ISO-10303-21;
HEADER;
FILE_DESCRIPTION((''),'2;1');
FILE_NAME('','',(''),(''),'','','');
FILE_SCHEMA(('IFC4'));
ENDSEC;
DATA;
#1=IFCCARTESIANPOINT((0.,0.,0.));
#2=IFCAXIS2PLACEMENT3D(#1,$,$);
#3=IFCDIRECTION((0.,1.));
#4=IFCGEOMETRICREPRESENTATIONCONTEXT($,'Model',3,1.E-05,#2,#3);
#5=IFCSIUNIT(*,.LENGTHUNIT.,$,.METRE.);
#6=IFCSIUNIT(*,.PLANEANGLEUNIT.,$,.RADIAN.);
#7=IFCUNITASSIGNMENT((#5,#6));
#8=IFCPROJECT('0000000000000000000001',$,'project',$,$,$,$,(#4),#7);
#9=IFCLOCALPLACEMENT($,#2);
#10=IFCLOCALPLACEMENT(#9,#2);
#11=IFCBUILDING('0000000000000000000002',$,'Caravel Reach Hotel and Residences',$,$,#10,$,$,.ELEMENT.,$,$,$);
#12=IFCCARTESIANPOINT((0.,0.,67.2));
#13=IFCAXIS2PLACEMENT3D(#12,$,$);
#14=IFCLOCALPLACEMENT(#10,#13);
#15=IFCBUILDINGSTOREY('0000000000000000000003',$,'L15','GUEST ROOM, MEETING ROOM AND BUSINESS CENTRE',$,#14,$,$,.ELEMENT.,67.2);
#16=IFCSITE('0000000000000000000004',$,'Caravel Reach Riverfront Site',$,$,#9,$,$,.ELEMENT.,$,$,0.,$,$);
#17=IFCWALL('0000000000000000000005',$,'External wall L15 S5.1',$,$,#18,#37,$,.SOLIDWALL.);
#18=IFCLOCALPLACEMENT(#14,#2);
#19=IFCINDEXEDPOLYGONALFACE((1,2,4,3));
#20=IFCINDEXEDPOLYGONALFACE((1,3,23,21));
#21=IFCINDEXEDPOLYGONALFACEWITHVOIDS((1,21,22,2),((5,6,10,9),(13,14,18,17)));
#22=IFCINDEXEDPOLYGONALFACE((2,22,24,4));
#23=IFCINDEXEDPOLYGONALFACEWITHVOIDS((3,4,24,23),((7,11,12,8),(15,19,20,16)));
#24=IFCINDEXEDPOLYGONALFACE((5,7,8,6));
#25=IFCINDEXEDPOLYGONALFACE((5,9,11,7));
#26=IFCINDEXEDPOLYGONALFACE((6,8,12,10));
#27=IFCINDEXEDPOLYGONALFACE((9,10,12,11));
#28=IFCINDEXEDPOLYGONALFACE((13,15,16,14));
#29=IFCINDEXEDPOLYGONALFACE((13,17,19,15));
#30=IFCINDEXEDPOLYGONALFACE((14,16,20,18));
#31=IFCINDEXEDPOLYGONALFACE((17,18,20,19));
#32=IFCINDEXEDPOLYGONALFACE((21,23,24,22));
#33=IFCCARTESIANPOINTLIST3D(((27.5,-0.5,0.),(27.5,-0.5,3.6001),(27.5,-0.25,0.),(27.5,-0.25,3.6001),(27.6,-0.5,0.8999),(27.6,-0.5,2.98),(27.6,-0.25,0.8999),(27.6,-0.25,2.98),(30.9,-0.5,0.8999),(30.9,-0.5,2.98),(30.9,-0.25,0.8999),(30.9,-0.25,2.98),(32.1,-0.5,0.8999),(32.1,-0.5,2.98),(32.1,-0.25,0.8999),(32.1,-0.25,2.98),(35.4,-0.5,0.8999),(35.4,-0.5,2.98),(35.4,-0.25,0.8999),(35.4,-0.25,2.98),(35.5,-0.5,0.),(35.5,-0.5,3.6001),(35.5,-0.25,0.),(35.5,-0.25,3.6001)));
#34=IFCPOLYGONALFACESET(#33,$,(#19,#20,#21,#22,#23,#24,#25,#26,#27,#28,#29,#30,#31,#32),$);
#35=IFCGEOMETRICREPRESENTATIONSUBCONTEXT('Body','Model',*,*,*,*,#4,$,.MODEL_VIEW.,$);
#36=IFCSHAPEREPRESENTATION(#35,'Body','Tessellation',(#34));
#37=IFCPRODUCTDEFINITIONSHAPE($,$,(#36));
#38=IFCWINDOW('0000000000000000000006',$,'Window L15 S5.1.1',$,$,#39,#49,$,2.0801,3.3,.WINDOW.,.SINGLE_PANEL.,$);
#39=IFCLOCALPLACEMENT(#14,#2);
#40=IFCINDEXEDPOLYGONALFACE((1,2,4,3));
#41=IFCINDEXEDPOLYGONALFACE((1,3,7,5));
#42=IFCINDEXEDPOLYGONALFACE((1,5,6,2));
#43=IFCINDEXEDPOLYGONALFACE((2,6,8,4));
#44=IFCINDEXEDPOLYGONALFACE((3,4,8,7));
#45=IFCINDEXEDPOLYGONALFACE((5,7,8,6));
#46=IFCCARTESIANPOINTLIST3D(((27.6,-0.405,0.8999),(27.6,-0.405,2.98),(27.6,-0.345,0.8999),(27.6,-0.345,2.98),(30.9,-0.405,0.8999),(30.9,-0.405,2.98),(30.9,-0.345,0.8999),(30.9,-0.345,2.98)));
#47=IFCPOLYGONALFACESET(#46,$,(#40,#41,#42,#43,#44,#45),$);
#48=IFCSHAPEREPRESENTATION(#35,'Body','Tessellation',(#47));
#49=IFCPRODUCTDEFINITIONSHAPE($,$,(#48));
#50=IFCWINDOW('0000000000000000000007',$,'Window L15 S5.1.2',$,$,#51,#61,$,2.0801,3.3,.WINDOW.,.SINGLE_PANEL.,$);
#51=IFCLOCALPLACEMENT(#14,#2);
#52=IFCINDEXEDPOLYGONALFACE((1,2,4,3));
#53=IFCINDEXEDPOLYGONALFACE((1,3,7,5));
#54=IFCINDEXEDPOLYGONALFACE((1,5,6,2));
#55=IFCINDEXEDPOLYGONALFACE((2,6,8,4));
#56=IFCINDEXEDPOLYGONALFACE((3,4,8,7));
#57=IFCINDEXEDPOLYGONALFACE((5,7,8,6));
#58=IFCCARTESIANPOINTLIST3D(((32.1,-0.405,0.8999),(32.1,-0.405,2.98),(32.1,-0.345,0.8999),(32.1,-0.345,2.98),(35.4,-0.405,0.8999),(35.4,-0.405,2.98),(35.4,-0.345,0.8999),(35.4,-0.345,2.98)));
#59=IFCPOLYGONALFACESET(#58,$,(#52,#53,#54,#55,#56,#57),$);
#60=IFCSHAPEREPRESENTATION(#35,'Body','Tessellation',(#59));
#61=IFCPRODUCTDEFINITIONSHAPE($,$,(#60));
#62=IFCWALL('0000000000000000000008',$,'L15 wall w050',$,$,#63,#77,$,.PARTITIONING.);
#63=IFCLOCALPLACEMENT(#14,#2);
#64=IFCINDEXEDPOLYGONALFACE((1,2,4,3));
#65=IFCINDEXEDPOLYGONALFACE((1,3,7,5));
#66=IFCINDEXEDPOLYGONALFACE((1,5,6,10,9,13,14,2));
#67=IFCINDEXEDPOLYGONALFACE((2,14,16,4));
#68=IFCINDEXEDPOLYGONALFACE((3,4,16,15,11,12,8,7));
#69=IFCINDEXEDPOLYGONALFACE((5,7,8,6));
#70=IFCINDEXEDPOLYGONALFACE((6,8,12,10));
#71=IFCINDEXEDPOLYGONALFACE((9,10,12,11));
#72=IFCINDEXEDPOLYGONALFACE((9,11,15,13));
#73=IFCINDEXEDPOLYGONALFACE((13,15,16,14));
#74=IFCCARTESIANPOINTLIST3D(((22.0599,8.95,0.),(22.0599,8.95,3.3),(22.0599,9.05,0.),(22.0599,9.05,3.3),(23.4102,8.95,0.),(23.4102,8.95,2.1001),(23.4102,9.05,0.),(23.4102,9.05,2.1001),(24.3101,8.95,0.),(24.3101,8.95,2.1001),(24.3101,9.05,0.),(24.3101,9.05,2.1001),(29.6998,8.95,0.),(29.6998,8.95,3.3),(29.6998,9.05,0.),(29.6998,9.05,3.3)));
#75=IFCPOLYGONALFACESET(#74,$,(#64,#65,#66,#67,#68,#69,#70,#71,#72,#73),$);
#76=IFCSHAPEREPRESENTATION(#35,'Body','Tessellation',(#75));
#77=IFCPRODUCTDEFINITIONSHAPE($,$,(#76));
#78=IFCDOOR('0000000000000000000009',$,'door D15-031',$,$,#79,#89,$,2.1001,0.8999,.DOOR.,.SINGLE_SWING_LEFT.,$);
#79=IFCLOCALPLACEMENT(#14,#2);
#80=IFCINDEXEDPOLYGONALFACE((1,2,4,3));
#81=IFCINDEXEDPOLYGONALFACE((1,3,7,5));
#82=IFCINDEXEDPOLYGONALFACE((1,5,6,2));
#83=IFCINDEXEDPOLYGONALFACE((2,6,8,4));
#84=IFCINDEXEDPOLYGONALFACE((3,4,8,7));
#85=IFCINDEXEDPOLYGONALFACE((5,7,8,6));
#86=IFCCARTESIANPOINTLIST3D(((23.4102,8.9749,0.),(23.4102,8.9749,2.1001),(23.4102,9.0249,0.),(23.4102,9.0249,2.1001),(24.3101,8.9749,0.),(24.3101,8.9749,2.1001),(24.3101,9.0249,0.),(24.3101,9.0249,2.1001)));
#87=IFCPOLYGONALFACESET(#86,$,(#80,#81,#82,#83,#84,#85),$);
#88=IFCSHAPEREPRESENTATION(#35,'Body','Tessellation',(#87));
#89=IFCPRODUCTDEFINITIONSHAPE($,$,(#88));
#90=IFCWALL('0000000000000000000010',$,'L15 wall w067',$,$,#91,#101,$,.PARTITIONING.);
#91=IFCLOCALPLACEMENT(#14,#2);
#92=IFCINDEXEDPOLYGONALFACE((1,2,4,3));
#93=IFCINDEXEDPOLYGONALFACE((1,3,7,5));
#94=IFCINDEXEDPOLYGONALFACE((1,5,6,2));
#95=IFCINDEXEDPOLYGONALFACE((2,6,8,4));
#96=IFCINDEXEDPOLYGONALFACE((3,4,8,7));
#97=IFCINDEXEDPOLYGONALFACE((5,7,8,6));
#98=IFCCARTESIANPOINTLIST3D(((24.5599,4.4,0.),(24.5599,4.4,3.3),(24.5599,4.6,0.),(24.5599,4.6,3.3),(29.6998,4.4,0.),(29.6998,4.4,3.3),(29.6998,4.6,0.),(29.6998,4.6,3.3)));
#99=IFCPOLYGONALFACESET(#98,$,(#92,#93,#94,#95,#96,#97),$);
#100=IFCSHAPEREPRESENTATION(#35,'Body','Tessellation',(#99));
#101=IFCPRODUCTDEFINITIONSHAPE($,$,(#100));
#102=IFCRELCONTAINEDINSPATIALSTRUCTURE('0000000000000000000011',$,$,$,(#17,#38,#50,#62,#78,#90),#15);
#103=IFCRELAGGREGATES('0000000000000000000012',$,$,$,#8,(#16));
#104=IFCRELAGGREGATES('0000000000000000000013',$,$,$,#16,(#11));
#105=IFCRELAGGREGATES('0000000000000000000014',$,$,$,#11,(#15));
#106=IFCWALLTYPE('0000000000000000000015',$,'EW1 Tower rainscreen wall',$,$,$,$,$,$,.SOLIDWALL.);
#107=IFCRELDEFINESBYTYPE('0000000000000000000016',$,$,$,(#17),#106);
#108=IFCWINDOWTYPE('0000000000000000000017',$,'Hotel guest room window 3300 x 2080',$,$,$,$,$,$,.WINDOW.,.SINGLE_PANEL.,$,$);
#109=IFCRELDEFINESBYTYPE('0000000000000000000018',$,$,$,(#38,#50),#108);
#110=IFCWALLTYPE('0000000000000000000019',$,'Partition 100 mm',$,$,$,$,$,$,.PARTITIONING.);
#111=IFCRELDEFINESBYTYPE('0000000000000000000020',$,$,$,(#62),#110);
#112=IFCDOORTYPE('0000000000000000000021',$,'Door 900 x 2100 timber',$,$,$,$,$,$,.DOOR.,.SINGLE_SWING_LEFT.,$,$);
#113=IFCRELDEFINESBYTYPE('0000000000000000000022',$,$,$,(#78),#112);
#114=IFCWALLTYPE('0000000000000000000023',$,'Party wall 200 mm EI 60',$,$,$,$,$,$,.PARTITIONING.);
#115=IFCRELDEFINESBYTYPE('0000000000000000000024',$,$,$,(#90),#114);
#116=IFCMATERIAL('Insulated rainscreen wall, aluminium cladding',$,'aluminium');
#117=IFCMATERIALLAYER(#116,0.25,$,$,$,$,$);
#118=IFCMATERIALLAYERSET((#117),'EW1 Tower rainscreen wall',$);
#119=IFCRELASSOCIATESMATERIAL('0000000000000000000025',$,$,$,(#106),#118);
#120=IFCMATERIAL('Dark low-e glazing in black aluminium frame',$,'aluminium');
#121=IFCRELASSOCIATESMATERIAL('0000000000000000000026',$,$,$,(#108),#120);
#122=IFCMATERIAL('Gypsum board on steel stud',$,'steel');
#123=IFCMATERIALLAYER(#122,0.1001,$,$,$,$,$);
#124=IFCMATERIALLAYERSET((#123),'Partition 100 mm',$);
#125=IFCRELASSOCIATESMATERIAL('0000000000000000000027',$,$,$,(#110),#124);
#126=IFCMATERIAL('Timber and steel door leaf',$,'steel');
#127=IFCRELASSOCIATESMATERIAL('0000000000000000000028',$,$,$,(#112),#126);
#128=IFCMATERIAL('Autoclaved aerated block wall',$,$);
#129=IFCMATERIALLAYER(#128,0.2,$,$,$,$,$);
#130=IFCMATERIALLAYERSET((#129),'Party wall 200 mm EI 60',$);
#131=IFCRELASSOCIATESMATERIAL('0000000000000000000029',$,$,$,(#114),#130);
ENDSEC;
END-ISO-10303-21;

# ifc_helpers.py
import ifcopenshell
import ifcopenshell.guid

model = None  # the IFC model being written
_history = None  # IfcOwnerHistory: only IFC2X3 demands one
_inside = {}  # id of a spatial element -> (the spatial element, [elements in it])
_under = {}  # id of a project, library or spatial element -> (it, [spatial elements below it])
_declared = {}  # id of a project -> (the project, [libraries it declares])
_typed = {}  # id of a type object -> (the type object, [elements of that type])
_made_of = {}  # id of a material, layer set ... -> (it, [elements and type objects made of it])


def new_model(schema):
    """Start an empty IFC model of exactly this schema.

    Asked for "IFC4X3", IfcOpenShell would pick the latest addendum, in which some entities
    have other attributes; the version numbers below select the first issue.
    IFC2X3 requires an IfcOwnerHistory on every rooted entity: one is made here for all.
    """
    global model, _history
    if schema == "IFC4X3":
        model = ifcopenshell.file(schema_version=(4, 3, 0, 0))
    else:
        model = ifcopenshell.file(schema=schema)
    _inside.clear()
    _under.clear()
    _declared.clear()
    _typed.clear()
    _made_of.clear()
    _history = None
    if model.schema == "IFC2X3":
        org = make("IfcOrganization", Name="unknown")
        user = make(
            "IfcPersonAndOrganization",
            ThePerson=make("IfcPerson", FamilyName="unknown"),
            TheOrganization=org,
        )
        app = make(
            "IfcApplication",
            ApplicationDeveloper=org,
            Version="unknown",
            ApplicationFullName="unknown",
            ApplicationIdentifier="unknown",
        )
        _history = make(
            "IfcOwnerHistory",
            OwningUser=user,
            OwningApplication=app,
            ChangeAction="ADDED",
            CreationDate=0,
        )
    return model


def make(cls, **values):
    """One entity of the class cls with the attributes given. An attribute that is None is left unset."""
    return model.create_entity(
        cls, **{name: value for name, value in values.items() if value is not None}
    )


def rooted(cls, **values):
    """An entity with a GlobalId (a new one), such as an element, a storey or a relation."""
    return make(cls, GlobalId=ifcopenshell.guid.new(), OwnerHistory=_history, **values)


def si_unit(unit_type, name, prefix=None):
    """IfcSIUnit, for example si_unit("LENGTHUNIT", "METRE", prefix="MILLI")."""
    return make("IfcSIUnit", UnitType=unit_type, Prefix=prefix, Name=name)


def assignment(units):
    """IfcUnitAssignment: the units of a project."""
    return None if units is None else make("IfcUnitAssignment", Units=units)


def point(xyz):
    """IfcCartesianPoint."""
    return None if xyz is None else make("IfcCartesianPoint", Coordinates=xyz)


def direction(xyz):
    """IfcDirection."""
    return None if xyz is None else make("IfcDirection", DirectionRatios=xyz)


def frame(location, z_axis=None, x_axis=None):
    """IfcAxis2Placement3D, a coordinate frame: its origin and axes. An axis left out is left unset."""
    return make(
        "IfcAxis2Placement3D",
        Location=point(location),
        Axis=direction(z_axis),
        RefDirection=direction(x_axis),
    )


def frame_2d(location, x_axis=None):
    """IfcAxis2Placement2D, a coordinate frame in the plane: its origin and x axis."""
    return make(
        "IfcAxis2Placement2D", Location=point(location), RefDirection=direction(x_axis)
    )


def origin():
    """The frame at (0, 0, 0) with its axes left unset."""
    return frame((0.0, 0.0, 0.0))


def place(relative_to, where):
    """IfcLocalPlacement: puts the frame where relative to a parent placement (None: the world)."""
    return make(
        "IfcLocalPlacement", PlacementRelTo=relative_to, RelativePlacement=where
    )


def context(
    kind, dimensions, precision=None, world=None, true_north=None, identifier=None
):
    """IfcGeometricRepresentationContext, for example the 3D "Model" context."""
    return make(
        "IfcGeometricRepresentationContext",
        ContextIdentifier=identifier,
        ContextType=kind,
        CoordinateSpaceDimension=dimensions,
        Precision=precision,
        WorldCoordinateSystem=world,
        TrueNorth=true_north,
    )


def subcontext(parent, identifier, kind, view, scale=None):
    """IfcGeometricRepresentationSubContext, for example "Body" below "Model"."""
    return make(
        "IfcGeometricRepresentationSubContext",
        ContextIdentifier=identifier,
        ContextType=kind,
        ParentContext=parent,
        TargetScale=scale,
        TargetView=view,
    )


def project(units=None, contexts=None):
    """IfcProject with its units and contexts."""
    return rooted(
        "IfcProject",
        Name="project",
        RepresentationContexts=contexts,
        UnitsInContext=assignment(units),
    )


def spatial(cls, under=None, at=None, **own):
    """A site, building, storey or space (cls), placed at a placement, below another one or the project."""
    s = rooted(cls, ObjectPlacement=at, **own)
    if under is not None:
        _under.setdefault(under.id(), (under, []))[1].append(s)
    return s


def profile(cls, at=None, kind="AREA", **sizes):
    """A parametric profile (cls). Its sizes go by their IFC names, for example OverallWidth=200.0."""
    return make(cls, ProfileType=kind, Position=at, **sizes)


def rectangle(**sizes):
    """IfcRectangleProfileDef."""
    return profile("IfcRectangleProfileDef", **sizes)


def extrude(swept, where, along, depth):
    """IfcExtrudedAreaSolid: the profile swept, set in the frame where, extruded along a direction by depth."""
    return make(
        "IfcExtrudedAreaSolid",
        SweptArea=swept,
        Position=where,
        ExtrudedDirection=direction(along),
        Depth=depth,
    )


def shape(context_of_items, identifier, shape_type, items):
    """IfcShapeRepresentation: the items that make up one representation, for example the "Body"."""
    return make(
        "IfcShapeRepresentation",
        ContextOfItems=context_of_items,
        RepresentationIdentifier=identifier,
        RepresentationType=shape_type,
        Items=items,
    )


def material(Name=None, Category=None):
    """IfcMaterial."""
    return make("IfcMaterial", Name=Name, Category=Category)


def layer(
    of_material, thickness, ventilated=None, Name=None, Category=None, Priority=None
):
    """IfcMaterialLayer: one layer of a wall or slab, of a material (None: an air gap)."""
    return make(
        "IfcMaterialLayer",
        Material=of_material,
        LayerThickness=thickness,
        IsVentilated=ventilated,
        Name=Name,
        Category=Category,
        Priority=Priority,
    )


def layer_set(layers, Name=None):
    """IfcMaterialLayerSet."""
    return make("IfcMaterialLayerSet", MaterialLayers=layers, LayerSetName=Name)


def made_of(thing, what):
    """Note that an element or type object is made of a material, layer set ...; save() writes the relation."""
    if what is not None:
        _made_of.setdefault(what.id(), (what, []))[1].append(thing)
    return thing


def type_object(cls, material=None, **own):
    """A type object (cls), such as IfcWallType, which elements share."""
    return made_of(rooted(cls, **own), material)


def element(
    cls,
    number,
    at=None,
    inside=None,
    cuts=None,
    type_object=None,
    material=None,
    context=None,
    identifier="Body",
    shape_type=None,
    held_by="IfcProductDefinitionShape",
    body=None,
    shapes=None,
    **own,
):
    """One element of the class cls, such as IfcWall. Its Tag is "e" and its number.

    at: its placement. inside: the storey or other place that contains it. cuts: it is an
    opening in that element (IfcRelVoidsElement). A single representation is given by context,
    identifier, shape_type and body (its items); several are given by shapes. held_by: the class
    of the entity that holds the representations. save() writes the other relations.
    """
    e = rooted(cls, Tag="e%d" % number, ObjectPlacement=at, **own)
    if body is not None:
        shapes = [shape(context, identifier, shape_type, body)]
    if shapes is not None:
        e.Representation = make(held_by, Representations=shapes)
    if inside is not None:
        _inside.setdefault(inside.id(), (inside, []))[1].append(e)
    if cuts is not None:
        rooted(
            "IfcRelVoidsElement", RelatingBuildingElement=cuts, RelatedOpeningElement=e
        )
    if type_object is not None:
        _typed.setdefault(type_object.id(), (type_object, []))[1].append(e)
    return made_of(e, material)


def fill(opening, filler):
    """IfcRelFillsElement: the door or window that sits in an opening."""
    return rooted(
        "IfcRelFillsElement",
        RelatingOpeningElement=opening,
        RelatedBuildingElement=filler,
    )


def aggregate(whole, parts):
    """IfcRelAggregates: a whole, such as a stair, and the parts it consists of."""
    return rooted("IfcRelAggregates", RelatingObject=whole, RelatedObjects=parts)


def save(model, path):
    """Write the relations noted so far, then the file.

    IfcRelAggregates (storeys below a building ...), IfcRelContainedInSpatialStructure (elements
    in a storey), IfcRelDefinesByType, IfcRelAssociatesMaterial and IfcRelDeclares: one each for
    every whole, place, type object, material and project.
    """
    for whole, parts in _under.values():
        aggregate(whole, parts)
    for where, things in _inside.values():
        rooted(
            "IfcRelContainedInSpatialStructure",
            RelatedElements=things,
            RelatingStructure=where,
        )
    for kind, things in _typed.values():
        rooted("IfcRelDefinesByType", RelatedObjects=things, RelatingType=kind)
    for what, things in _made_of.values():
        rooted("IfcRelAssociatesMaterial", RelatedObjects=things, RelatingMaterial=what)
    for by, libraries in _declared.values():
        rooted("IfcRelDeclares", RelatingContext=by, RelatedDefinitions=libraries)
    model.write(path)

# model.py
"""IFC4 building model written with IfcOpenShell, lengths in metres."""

from ifc_helpers import new_model, si_unit, direction, frame, frame_2d, origin, place, context, subcontext, project, spatial, rectangle, extrude, material, layer, layer_set, type_object, element, fill, save


model = new_model("IFC4")

# Units and contexts
model_context = context("Model", 3, precision=1e-05, world=origin(), true_north=direction((0.0, 1.0)))
body_context = subcontext(model_context, "Body", "Model", "MODEL_VIEW")
ifc_project = project(units=[si_unit("LENGTHUNIT", "METRE"), si_unit("PLANEANGLEUNIT", "RADIAN")], contexts=[model_context])

# Site, building, storey
site_placement = place(None, origin())
site = spatial("IfcSite", under=ifc_project, at=site_placement, Name="Caravel Reach Riverfront Site", CompositionType="ELEMENT", RefElevation=0.0)
building_placement = place(site_placement, origin())
building = spatial("IfcBuilding", under=site, at=building_placement, Name="Caravel Reach Hotel and Residences", CompositionType="ELEMENT")
storey_placement = place(building_placement, frame((0.0, 0.0, 67.2)))
storey = spatial("IfcBuildingStorey", under=building, at=storey_placement, Name="L15", Description="GUEST ROOM, MEETING ROOM AND BUSINESS CENTRE", CompositionType="ELEMENT", Elevation=67.2)

# Shared definitions
ifc_material_1 = material(Name="Insulated rainscreen wall, aluminium cladding", Category="aluminium")
ifc_layer_1 = layer(ifc_material_1, 0.25)
ifc_layer_set_1 = layer_set([ifc_layer_1], Name="EW1 Tower rainscreen wall")
wall_type_1 = type_object("IfcWallType", Name="EW1 Tower rainscreen wall", PredefinedType="SOLIDWALL", material=ifc_layer_set_1)

# Wall, openings, windows
wall_1_placement = place(storey_placement, frame((27.5, -0.375, 0.0), z_axis=(0.0, 0.0, 1.0), x_axis=(1.0, 0.0, 0.0)))
wall_1 = element("IfcWall", 1, at=wall_1_placement, inside=storey, type_object=wall_type_1, Name="External wall L15 S5.1", PredefinedType="SOLIDWALL", context=body_context, shape_type="SweptSolid", body=[
    extrude(rectangle(XDim=8.0, YDim=0.25, at=frame_2d((4.0, 0.0))), origin(), (0.0, 0.0, 1.0), 3.6001),
])
opening_1_placement = place(wall_1_placement, frame((0.1001, 0.0, 0.8999)))
opening_1 = element("IfcOpeningElement", 2, at=opening_1_placement, cuts=wall_1, PredefinedType="OPENING", context=body_context, shape_type="SweptSolid", body=[
    extrude(rectangle(XDim=3.3, YDim=2.0801, at=frame_2d((1.6499, 1.04))), frame((0.0, 0.135, 0.0), z_axis=(0.0, -1.0, 0.0), x_axis=(1.0, 0.0, 0.0)), (0.0, 0.0, 1.0), 0.27),
])
opening_2_placement = place(wall_1_placement, frame((4.6001, 0.0, 0.8999)))
opening_2 = element("IfcOpeningElement", 3, at=opening_2_placement, cuts=wall_1, PredefinedType="OPENING", context=body_context, shape_type="SweptSolid", body=[
    extrude(rectangle(XDim=3.3, YDim=2.0801, at=frame_2d((1.6499, 1.04))), frame((0.0, 0.135, 0.0), z_axis=(0.0, -1.0, 0.0), x_axis=(1.0, 0.0, 0.0)), (0.0, 0.0, 1.0), 0.27),
])
ifc_material_2 = material(Name="Dark low-e glazing in black aluminium frame", Category="aluminium")
window_type_1 = type_object("IfcWindowType", Name="Hotel guest room window 3300 x 2080", PartitioningType="SINGLE_PANEL", PredefinedType="WINDOW", material=ifc_material_2)
window_1_placement = place(opening_1_placement, origin())
window_1 = element("IfcWindow", 4, at=window_1_placement, inside=storey, type_object=window_type_1, Name="Window L15 S5.1.1", OverallHeight=2.0801, OverallWidth=3.3, PartitioningType="SINGLE_PANEL", PredefinedType="WINDOW", context=body_context, shape_type="SweptSolid", body=[
    extrude(rectangle(XDim=3.3, YDim=2.0801, at=frame_2d((1.6499, 1.04))), frame((0.0, 0.03, 0.0), z_axis=(0.0, -1.0, 0.0), x_axis=(1.0, 0.0, 0.0)), (0.0, 0.0, 1.0), 0.0601),
])
fill(opening_1, window_1)
window_2_placement = place(opening_2_placement, origin())
window_2 = element("IfcWindow", 5, at=window_2_placement, inside=storey, type_object=window_type_1, Name="Window L15 S5.1.2", OverallHeight=2.0801, OverallWidth=3.3, PartitioningType="SINGLE_PANEL", PredefinedType="WINDOW", context=body_context, shape_type="SweptSolid", body=[
    extrude(rectangle(XDim=3.3, YDim=2.0801, at=frame_2d((1.6499, 1.04))), frame((0.0, 0.03, 0.0), z_axis=(0.0, -1.0, 0.0), x_axis=(1.0, 0.0, 0.0)), (0.0, 0.0, 1.0), 0.0601),
])
fill(opening_2, window_2)

# Wall, opening, door
ifc_material_3 = material(Name="Gypsum board on steel stud", Category="steel")
ifc_layer_2 = layer(ifc_material_3, 0.1001)
ifc_layer_set_2 = layer_set([ifc_layer_2], Name="Partition 100 mm")
wall_type_2 = type_object("IfcWallType", Name="Partition 100 mm", PredefinedType="PARTITIONING", material=ifc_layer_set_2)
wall_2_placement = place(storey_placement, frame((22.0601, 9.0, 0.0), z_axis=(0.0, 0.0, 1.0), x_axis=(1.0, 0.0, 0.0)))
wall_2 = element("IfcWall", 6, at=wall_2_placement, inside=storey, type_object=wall_type_2, Name="L15 wall w050", PredefinedType="PARTITIONING", context=body_context, shape_type="SweptSolid", body=[
    extrude(rectangle(XDim=7.6399, YDim=0.1001, at=frame_2d((3.8198, 0.0))), origin(), (0.0, 0.0, 1.0), 3.3),
])
opening_3_placement = place(wall_2_placement, frame((1.3501, 0.0, 0.0)))
opening_3 = element("IfcOpeningElement", 7, at=opening_3_placement, cuts=wall_2, PredefinedType="OPENING", context=body_context, shape_type="SweptSolid", body=[
    extrude(rectangle(XDim=0.8999, YDim=2.1001, at=frame_2d((0.45, 1.05))), frame((0.0, 0.0601, 0.0), z_axis=(0.0, -1.0, 0.0), x_axis=(1.0, 0.0, 0.0)), (0.0, 0.0, 1.0), 0.1201),
])
ifc_material_4 = material(Name="Timber and steel door leaf", Category="steel")
door_type_1 = type_object("IfcDoorType", Name="Door 900 x 2100 timber", OperationType="SINGLE_SWING_LEFT", PredefinedType="DOOR", material=ifc_material_4)
door_1_placement = place(opening_3_placement, origin())
door_1 = element("IfcDoor", 8, at=door_1_placement, inside=storey, type_object=door_type_1, Name="door D15-031", OperationType="SINGLE_SWING_LEFT", OverallHeight=2.1001, OverallWidth=0.8999, PredefinedType="DOOR", context=body_context, shape_type="SweptSolid", body=[
    extrude(rectangle(XDim=0.8999, YDim=2.1001, at=frame_2d((0.45, 1.05))), frame((0.0, 0.0249, 0.0), z_axis=(0.0, -1.0, 0.0), x_axis=(1.0, 0.0, 0.0)), (0.0, 0.0, 1.0), 0.05),
])
fill(opening_3, door_1)

# Wall
ifc_material_5 = material(Name="Autoclaved aerated block wall")
ifc_layer_3 = layer(ifc_material_5, 0.2)
ifc_layer_set_3 = layer_set([ifc_layer_3], Name="Party wall 200 mm EI 60")
wall_type_3 = type_object("IfcWallType", Name="Party wall 200 mm EI 60", PredefinedType="PARTITIONING", material=ifc_layer_set_3)
wall_3_placement = place(storey_placement, frame((24.5601, 4.5, 0.0), z_axis=(0.0, 0.0, 1.0), x_axis=(1.0, 0.0, 0.0)))
element("IfcWall", 9, at=wall_3_placement, inside=storey, type_object=wall_type_3, Name="L15 wall w067", PredefinedType="PARTITIONING", context=body_context, shape_type="SweptSolid", body=[
    extrude(rectangle(XDim=5.1399, YDim=0.2, at=frame_2d((2.5698, 0.0))), origin(), (0.0, 0.0, 1.0), 3.3),
])

save(model, "model.ifc")
